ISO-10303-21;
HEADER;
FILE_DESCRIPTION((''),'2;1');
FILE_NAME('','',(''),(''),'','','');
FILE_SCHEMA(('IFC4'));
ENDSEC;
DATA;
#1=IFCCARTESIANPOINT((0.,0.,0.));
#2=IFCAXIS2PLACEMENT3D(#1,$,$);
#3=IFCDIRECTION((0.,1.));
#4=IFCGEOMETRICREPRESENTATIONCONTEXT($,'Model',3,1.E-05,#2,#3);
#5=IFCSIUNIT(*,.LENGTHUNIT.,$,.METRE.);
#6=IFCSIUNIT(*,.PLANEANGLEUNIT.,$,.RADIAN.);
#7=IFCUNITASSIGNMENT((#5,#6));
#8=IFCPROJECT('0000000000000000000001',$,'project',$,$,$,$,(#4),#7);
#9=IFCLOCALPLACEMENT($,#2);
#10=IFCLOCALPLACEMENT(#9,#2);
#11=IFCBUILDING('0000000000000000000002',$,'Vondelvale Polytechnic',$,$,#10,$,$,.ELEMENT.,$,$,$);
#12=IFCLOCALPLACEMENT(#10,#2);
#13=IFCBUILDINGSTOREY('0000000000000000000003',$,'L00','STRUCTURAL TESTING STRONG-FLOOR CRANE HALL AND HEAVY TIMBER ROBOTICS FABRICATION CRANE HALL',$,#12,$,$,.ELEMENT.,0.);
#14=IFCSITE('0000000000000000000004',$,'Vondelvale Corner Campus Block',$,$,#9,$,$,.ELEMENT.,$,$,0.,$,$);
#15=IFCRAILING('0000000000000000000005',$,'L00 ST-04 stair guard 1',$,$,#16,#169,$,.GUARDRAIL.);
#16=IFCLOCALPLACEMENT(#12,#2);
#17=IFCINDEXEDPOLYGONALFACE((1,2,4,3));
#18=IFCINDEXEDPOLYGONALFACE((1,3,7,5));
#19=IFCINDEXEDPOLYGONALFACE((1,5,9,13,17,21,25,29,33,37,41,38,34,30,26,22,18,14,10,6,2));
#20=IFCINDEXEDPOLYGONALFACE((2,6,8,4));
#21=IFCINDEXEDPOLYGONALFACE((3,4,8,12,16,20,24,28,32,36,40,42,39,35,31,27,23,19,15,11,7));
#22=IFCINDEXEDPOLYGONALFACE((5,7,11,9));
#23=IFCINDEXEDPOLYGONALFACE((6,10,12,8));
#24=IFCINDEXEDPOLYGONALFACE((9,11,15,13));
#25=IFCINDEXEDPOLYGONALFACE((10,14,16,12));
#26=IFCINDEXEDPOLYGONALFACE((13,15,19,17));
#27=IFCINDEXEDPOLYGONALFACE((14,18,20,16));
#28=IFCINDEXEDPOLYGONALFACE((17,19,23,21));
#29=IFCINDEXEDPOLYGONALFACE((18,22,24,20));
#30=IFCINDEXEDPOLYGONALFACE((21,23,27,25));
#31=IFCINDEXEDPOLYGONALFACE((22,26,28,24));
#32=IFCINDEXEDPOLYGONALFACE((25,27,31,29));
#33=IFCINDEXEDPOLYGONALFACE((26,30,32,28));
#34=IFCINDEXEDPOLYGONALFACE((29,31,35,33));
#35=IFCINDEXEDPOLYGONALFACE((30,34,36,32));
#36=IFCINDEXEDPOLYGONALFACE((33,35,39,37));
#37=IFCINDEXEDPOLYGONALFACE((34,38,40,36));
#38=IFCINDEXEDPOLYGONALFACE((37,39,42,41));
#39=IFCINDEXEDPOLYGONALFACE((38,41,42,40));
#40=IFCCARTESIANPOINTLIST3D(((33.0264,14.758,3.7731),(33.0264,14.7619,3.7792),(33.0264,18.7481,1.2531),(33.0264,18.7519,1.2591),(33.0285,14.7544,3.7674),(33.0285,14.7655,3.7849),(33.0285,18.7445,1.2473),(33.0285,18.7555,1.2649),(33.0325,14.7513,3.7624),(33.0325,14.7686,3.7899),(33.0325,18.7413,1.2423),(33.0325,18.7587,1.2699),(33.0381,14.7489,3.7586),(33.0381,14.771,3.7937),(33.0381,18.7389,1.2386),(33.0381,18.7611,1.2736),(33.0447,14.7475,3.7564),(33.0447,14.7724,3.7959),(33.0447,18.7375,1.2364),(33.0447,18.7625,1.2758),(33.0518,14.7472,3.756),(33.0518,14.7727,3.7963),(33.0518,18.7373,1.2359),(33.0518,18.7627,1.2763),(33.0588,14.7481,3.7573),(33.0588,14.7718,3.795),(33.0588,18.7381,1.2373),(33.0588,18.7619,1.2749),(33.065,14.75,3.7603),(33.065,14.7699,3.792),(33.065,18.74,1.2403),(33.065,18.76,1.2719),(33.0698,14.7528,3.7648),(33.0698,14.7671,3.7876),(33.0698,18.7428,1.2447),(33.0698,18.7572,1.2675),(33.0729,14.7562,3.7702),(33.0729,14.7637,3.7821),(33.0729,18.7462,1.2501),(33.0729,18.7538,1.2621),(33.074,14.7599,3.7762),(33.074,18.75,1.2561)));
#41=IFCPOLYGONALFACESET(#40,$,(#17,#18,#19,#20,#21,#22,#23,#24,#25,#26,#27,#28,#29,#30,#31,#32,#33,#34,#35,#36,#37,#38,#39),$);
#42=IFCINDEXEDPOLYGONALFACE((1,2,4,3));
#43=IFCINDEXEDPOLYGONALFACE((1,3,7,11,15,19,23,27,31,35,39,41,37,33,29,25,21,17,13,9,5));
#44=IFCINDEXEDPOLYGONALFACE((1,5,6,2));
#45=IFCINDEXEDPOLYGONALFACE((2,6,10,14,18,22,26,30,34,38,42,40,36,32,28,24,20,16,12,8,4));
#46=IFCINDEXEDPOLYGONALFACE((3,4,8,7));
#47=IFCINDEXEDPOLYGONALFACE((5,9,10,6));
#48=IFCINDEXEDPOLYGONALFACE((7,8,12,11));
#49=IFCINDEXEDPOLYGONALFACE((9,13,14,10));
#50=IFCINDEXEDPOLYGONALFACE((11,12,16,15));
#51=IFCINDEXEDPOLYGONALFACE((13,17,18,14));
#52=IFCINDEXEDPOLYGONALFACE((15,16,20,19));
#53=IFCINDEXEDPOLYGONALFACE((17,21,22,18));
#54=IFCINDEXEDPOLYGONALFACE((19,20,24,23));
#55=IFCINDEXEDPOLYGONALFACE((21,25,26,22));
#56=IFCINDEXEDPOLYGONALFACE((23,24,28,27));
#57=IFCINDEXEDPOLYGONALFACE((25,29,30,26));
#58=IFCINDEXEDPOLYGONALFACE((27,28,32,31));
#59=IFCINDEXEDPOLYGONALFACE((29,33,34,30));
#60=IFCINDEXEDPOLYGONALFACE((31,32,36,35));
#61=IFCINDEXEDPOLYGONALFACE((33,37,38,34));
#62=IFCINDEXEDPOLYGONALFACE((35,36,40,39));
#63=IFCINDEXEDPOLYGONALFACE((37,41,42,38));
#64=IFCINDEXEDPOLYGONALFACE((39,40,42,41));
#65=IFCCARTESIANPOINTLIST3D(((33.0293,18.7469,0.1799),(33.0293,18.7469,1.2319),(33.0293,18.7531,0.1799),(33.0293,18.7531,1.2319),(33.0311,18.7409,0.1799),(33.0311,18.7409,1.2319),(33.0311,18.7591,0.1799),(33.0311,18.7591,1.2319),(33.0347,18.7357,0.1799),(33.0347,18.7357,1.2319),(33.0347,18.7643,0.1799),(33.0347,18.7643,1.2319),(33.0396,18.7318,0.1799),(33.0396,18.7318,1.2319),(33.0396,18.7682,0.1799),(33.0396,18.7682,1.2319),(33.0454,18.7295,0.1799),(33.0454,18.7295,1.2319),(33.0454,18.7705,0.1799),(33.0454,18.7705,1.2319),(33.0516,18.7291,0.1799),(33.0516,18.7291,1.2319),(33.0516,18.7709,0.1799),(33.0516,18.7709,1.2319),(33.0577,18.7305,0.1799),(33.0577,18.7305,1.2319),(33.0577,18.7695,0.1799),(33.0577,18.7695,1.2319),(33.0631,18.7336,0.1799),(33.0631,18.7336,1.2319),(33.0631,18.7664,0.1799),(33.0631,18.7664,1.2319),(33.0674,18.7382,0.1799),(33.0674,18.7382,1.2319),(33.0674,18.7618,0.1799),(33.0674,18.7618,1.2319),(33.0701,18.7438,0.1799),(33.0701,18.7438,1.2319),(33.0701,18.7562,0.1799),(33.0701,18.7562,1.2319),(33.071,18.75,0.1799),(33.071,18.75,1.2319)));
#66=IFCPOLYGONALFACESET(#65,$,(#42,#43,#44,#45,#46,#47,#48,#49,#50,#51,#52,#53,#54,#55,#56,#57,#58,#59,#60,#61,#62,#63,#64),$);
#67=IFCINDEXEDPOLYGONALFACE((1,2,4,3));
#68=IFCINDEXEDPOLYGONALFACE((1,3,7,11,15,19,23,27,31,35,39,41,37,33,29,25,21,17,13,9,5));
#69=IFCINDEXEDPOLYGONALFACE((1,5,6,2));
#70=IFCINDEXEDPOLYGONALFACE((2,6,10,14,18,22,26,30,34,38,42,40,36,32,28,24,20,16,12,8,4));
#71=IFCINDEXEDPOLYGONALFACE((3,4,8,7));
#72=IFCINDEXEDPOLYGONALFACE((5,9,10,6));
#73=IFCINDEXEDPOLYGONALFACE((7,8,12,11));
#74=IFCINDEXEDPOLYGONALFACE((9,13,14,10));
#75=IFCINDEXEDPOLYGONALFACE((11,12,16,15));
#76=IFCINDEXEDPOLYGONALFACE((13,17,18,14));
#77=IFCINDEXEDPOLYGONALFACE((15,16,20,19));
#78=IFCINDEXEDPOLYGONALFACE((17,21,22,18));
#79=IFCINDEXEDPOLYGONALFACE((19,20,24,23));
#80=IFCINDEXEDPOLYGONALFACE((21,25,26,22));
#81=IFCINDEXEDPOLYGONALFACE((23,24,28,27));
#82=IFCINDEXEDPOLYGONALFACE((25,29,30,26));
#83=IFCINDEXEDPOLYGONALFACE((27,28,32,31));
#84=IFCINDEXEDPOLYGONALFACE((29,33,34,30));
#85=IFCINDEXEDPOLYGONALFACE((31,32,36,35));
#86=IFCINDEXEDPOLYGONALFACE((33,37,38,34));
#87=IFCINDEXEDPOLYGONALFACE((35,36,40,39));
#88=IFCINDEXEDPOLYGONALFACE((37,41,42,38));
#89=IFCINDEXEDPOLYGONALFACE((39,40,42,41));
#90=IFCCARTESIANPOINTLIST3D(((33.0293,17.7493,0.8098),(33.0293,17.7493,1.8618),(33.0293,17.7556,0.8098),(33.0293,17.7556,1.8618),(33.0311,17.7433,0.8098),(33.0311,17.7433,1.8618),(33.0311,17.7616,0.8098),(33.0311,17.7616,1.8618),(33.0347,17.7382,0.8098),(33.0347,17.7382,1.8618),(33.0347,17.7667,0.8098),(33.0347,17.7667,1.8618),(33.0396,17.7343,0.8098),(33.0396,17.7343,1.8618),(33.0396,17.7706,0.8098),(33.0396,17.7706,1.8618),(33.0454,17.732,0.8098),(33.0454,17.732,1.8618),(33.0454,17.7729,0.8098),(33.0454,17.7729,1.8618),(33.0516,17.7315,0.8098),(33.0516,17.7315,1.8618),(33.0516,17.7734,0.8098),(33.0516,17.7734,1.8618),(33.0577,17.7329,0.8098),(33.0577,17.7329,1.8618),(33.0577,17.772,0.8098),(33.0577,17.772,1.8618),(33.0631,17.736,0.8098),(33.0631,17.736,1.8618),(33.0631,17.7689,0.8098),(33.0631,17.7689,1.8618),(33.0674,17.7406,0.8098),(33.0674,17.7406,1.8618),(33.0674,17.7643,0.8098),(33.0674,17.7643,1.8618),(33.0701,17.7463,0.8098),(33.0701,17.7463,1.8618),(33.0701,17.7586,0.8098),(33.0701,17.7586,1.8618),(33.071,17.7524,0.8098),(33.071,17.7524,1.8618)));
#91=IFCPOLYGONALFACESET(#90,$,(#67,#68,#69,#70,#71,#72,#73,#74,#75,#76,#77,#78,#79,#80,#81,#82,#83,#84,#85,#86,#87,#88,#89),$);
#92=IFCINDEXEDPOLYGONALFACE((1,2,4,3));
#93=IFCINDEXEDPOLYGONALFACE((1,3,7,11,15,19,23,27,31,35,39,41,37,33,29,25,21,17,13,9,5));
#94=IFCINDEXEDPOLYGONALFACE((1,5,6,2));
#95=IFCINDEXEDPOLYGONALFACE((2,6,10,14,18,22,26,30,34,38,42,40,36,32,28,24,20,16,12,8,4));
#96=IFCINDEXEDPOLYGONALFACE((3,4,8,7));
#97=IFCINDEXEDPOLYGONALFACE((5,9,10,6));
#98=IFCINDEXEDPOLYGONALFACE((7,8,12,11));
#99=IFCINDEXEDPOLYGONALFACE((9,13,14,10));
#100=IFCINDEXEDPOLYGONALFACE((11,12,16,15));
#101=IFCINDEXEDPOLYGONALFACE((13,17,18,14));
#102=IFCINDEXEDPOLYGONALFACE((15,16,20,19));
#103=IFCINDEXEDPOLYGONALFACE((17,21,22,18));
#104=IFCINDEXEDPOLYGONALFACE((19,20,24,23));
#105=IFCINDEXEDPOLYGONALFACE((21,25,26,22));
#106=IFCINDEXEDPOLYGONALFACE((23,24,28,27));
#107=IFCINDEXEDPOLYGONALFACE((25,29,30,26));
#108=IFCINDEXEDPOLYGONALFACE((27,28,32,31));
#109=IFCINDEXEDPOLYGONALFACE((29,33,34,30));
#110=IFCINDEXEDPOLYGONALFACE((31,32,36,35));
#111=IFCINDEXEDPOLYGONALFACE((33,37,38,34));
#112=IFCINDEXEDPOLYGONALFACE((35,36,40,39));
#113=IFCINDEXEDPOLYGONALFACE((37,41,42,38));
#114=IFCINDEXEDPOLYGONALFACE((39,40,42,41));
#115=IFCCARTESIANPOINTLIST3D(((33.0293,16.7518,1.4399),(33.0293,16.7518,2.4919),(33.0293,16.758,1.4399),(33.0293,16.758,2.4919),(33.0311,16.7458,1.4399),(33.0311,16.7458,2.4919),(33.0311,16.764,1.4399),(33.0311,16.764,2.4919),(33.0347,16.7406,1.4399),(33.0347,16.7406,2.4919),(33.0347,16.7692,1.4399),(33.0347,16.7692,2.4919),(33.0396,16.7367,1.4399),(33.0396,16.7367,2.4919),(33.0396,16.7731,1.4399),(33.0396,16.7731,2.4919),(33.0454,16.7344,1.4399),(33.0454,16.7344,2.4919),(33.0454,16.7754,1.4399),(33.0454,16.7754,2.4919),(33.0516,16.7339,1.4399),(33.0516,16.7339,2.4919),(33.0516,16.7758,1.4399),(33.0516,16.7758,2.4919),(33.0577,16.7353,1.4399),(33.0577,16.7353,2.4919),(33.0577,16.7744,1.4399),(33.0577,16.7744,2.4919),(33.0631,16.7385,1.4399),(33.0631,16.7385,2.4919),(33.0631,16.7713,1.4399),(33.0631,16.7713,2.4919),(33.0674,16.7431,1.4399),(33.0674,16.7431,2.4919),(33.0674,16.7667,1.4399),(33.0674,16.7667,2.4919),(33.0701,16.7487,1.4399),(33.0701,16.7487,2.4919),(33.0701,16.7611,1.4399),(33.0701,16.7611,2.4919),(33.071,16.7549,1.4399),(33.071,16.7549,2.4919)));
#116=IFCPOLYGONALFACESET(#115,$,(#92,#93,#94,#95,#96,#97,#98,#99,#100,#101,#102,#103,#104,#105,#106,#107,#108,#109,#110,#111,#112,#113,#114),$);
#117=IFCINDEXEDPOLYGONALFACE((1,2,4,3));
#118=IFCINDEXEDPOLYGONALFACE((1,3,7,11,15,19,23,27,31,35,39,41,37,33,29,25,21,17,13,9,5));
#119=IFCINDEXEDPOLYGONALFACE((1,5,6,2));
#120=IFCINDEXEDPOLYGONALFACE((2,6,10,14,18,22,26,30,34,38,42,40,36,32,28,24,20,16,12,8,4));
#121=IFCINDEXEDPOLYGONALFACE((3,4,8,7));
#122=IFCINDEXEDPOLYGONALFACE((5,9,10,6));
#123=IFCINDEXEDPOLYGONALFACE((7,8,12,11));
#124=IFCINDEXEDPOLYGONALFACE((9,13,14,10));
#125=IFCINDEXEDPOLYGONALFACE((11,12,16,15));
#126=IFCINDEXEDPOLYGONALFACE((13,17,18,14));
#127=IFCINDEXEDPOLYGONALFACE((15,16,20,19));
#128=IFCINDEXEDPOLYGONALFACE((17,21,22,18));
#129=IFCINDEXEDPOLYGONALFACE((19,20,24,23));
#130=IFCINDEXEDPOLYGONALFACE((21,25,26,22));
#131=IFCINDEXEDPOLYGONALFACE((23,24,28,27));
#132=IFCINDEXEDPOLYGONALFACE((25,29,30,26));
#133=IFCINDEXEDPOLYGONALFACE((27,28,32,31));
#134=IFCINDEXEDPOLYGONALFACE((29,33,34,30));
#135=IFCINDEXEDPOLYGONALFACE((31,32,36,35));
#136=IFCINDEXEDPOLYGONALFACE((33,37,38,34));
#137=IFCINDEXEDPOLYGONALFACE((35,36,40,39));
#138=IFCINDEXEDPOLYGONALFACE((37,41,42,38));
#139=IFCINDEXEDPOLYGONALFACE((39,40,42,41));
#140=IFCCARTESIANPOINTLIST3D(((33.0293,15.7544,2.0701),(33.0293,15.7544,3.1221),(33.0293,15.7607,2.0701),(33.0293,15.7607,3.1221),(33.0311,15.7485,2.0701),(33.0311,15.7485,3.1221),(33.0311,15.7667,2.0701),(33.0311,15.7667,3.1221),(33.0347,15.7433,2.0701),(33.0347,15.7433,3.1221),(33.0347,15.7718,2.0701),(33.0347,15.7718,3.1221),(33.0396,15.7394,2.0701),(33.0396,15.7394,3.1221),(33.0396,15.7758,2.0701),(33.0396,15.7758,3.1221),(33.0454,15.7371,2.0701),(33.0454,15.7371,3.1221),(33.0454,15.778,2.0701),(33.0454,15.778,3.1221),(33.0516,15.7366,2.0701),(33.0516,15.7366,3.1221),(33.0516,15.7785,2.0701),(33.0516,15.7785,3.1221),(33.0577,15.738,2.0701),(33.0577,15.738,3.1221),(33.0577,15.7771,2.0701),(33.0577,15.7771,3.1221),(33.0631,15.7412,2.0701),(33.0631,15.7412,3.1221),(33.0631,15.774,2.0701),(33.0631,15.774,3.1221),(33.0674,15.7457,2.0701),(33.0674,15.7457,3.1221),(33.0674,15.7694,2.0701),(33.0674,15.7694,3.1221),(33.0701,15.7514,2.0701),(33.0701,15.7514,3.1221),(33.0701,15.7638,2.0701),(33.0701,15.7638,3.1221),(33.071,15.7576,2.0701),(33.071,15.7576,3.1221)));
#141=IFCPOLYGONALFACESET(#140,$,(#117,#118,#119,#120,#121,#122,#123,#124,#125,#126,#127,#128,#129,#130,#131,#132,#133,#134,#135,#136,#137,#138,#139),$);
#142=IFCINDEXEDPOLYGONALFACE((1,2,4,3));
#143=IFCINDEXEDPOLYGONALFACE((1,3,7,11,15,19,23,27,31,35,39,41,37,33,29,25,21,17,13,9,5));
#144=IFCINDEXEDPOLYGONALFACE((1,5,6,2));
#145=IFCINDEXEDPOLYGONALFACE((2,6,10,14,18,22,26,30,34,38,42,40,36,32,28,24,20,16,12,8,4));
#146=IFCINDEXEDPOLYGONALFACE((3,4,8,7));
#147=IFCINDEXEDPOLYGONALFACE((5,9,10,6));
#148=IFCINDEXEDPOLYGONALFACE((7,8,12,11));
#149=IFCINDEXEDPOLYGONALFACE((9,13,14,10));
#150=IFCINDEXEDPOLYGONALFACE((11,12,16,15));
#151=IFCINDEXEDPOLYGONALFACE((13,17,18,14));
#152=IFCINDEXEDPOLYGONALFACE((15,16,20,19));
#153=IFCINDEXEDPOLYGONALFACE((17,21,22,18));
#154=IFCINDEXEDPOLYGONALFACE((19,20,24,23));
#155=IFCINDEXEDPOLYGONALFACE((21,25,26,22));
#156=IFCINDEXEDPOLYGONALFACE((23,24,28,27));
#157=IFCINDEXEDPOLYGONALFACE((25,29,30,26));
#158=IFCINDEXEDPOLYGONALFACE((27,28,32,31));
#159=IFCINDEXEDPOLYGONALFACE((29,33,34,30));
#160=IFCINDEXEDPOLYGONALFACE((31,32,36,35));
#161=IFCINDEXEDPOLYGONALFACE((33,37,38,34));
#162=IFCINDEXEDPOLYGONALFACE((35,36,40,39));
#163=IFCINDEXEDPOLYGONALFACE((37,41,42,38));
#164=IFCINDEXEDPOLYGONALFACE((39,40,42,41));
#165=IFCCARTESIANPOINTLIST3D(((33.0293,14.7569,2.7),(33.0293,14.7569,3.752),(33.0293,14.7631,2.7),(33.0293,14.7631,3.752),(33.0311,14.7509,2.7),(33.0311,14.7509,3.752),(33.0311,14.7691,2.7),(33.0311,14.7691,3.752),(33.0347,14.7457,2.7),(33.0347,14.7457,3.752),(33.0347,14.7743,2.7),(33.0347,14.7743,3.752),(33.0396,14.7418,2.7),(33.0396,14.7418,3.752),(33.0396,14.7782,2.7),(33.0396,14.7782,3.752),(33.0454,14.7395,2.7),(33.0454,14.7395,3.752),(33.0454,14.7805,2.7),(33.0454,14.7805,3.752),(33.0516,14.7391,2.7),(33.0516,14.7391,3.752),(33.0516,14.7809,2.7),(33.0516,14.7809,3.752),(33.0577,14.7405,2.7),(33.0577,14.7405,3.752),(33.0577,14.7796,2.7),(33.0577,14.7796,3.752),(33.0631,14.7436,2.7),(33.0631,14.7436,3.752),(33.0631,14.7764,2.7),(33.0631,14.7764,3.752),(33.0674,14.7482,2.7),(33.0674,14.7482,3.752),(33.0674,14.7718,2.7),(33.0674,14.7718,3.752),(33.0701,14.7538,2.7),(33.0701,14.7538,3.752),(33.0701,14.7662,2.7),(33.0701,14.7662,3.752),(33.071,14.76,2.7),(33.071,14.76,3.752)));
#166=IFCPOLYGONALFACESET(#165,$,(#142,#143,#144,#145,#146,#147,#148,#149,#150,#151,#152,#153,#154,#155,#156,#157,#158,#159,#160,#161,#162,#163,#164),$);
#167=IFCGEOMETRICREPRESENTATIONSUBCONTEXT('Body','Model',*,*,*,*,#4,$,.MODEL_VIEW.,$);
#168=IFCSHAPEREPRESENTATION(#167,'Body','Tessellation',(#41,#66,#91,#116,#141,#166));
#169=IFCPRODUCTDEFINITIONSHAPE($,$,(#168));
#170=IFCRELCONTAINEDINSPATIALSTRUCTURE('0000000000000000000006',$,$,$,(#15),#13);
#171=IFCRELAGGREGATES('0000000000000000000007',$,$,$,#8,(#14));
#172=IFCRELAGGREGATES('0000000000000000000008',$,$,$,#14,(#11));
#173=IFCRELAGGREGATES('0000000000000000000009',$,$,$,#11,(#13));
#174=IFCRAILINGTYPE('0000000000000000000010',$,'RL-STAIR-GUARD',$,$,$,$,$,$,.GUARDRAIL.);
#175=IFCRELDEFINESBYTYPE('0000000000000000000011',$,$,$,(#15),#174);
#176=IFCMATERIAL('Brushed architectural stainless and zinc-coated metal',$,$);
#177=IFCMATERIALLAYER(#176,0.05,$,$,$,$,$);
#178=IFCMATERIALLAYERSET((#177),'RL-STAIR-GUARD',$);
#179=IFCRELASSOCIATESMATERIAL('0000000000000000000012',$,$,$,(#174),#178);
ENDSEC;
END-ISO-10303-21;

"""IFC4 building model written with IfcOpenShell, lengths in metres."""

from ifc_helpers import new_model, si_unit, direction, frame, origin, origin_2d, place, context, subcontext, project, spatial, circle, extrude, material, layer, layer_set, type_object, element, save


model = new_model("IFC4")

# Units and contexts
model_context = context("Model", 3, precision=1e-05, world=origin(), true_north=direction((0.0, 1.0)))
body_context = subcontext(model_context, "Body", "Model", "MODEL_VIEW")
ifc_project = project(units=[si_unit("LENGTHUNIT", "METRE"), si_unit("PLANEANGLEUNIT", "RADIAN")], contexts=[model_context])

# Site, building, storey
site_placement = place(None, origin())
site = spatial("IfcSite", under=ifc_project, at=site_placement, Name="Vondelvale Corner Campus Block", CompositionType="ELEMENT", RefElevation=0.0)
building_placement = place(site_placement, origin())
building = spatial("IfcBuilding", under=site, at=building_placement, Name="Vondelvale Polytechnic", CompositionType="ELEMENT")
storey_placement = place(building_placement, origin())
storey = spatial("IfcBuildingStorey", under=building, at=storey_placement, Name="L00", Description="STRUCTURAL TESTING STRONG-FLOOR CRANE HALL AND HEAVY TIMBER ROBOTICS FABRICATION CRANE HALL", CompositionType="ELEMENT", Elevation=0.0)

# Shared definitions
ifc_material_1 = material(Name="Brushed architectural stainless and zinc-coated metal")

# Railing
ifc_layer_1 = layer(ifc_material_1, 0.05)
ifc_layer_set_1 = layer_set([ifc_layer_1], Name="RL-STAIR-GUARD")
railing_type_1 = type_object("IfcRailingType", Name="RL-STAIR-GUARD", PredefinedType="GUARDRAIL", material=ifc_layer_set_1)
railing_1_placement = place(storey_placement, frame((33.05, 18.75, 0.1799)))
element("IfcRailing", 1, at=railing_1_placement, inside=storey, type_object=railing_type_1, Name="L00 ST-04 stair guard 1", PredefinedType="GUARDRAIL", context=body_context, shape_type="SweptSolid", body=[
    extrude(circle(Radius=0.0239, at=origin_2d()), frame((0.0, 0.0, 1.0762), z_axis=(0.0, -0.845486, 0.533997), x_axis=(1.0, 0.0, 0.0)), (0.0, 0.0, 1.0), 4.7192),
    extrude(circle(Radius=0.021, at=origin_2d()), origin(), (0.0, 0.0, 1.0), 1.052),
    extrude(circle(Radius=0.021, at=origin_2d()), frame((0.0, -0.9976, 0.6299)), (0.0, 0.0, 1.0), 1.052),
    extrude(circle(Radius=0.021, at=origin_2d()), frame((0.0, -1.9951, 1.26)), (0.0, 0.0, 1.0), 1.052),
    extrude(circle(Radius=0.021, at=origin_2d()), frame((0.0, -2.9924, 1.8901)), (0.0, 0.0, 1.0), 1.052),
    extrude(circle(Radius=0.021, at=origin_2d()), frame((0.0, -3.99, 2.52)), (0.0, 0.0, 1.0), 1.052),
])

save(model, "model.ifc")
